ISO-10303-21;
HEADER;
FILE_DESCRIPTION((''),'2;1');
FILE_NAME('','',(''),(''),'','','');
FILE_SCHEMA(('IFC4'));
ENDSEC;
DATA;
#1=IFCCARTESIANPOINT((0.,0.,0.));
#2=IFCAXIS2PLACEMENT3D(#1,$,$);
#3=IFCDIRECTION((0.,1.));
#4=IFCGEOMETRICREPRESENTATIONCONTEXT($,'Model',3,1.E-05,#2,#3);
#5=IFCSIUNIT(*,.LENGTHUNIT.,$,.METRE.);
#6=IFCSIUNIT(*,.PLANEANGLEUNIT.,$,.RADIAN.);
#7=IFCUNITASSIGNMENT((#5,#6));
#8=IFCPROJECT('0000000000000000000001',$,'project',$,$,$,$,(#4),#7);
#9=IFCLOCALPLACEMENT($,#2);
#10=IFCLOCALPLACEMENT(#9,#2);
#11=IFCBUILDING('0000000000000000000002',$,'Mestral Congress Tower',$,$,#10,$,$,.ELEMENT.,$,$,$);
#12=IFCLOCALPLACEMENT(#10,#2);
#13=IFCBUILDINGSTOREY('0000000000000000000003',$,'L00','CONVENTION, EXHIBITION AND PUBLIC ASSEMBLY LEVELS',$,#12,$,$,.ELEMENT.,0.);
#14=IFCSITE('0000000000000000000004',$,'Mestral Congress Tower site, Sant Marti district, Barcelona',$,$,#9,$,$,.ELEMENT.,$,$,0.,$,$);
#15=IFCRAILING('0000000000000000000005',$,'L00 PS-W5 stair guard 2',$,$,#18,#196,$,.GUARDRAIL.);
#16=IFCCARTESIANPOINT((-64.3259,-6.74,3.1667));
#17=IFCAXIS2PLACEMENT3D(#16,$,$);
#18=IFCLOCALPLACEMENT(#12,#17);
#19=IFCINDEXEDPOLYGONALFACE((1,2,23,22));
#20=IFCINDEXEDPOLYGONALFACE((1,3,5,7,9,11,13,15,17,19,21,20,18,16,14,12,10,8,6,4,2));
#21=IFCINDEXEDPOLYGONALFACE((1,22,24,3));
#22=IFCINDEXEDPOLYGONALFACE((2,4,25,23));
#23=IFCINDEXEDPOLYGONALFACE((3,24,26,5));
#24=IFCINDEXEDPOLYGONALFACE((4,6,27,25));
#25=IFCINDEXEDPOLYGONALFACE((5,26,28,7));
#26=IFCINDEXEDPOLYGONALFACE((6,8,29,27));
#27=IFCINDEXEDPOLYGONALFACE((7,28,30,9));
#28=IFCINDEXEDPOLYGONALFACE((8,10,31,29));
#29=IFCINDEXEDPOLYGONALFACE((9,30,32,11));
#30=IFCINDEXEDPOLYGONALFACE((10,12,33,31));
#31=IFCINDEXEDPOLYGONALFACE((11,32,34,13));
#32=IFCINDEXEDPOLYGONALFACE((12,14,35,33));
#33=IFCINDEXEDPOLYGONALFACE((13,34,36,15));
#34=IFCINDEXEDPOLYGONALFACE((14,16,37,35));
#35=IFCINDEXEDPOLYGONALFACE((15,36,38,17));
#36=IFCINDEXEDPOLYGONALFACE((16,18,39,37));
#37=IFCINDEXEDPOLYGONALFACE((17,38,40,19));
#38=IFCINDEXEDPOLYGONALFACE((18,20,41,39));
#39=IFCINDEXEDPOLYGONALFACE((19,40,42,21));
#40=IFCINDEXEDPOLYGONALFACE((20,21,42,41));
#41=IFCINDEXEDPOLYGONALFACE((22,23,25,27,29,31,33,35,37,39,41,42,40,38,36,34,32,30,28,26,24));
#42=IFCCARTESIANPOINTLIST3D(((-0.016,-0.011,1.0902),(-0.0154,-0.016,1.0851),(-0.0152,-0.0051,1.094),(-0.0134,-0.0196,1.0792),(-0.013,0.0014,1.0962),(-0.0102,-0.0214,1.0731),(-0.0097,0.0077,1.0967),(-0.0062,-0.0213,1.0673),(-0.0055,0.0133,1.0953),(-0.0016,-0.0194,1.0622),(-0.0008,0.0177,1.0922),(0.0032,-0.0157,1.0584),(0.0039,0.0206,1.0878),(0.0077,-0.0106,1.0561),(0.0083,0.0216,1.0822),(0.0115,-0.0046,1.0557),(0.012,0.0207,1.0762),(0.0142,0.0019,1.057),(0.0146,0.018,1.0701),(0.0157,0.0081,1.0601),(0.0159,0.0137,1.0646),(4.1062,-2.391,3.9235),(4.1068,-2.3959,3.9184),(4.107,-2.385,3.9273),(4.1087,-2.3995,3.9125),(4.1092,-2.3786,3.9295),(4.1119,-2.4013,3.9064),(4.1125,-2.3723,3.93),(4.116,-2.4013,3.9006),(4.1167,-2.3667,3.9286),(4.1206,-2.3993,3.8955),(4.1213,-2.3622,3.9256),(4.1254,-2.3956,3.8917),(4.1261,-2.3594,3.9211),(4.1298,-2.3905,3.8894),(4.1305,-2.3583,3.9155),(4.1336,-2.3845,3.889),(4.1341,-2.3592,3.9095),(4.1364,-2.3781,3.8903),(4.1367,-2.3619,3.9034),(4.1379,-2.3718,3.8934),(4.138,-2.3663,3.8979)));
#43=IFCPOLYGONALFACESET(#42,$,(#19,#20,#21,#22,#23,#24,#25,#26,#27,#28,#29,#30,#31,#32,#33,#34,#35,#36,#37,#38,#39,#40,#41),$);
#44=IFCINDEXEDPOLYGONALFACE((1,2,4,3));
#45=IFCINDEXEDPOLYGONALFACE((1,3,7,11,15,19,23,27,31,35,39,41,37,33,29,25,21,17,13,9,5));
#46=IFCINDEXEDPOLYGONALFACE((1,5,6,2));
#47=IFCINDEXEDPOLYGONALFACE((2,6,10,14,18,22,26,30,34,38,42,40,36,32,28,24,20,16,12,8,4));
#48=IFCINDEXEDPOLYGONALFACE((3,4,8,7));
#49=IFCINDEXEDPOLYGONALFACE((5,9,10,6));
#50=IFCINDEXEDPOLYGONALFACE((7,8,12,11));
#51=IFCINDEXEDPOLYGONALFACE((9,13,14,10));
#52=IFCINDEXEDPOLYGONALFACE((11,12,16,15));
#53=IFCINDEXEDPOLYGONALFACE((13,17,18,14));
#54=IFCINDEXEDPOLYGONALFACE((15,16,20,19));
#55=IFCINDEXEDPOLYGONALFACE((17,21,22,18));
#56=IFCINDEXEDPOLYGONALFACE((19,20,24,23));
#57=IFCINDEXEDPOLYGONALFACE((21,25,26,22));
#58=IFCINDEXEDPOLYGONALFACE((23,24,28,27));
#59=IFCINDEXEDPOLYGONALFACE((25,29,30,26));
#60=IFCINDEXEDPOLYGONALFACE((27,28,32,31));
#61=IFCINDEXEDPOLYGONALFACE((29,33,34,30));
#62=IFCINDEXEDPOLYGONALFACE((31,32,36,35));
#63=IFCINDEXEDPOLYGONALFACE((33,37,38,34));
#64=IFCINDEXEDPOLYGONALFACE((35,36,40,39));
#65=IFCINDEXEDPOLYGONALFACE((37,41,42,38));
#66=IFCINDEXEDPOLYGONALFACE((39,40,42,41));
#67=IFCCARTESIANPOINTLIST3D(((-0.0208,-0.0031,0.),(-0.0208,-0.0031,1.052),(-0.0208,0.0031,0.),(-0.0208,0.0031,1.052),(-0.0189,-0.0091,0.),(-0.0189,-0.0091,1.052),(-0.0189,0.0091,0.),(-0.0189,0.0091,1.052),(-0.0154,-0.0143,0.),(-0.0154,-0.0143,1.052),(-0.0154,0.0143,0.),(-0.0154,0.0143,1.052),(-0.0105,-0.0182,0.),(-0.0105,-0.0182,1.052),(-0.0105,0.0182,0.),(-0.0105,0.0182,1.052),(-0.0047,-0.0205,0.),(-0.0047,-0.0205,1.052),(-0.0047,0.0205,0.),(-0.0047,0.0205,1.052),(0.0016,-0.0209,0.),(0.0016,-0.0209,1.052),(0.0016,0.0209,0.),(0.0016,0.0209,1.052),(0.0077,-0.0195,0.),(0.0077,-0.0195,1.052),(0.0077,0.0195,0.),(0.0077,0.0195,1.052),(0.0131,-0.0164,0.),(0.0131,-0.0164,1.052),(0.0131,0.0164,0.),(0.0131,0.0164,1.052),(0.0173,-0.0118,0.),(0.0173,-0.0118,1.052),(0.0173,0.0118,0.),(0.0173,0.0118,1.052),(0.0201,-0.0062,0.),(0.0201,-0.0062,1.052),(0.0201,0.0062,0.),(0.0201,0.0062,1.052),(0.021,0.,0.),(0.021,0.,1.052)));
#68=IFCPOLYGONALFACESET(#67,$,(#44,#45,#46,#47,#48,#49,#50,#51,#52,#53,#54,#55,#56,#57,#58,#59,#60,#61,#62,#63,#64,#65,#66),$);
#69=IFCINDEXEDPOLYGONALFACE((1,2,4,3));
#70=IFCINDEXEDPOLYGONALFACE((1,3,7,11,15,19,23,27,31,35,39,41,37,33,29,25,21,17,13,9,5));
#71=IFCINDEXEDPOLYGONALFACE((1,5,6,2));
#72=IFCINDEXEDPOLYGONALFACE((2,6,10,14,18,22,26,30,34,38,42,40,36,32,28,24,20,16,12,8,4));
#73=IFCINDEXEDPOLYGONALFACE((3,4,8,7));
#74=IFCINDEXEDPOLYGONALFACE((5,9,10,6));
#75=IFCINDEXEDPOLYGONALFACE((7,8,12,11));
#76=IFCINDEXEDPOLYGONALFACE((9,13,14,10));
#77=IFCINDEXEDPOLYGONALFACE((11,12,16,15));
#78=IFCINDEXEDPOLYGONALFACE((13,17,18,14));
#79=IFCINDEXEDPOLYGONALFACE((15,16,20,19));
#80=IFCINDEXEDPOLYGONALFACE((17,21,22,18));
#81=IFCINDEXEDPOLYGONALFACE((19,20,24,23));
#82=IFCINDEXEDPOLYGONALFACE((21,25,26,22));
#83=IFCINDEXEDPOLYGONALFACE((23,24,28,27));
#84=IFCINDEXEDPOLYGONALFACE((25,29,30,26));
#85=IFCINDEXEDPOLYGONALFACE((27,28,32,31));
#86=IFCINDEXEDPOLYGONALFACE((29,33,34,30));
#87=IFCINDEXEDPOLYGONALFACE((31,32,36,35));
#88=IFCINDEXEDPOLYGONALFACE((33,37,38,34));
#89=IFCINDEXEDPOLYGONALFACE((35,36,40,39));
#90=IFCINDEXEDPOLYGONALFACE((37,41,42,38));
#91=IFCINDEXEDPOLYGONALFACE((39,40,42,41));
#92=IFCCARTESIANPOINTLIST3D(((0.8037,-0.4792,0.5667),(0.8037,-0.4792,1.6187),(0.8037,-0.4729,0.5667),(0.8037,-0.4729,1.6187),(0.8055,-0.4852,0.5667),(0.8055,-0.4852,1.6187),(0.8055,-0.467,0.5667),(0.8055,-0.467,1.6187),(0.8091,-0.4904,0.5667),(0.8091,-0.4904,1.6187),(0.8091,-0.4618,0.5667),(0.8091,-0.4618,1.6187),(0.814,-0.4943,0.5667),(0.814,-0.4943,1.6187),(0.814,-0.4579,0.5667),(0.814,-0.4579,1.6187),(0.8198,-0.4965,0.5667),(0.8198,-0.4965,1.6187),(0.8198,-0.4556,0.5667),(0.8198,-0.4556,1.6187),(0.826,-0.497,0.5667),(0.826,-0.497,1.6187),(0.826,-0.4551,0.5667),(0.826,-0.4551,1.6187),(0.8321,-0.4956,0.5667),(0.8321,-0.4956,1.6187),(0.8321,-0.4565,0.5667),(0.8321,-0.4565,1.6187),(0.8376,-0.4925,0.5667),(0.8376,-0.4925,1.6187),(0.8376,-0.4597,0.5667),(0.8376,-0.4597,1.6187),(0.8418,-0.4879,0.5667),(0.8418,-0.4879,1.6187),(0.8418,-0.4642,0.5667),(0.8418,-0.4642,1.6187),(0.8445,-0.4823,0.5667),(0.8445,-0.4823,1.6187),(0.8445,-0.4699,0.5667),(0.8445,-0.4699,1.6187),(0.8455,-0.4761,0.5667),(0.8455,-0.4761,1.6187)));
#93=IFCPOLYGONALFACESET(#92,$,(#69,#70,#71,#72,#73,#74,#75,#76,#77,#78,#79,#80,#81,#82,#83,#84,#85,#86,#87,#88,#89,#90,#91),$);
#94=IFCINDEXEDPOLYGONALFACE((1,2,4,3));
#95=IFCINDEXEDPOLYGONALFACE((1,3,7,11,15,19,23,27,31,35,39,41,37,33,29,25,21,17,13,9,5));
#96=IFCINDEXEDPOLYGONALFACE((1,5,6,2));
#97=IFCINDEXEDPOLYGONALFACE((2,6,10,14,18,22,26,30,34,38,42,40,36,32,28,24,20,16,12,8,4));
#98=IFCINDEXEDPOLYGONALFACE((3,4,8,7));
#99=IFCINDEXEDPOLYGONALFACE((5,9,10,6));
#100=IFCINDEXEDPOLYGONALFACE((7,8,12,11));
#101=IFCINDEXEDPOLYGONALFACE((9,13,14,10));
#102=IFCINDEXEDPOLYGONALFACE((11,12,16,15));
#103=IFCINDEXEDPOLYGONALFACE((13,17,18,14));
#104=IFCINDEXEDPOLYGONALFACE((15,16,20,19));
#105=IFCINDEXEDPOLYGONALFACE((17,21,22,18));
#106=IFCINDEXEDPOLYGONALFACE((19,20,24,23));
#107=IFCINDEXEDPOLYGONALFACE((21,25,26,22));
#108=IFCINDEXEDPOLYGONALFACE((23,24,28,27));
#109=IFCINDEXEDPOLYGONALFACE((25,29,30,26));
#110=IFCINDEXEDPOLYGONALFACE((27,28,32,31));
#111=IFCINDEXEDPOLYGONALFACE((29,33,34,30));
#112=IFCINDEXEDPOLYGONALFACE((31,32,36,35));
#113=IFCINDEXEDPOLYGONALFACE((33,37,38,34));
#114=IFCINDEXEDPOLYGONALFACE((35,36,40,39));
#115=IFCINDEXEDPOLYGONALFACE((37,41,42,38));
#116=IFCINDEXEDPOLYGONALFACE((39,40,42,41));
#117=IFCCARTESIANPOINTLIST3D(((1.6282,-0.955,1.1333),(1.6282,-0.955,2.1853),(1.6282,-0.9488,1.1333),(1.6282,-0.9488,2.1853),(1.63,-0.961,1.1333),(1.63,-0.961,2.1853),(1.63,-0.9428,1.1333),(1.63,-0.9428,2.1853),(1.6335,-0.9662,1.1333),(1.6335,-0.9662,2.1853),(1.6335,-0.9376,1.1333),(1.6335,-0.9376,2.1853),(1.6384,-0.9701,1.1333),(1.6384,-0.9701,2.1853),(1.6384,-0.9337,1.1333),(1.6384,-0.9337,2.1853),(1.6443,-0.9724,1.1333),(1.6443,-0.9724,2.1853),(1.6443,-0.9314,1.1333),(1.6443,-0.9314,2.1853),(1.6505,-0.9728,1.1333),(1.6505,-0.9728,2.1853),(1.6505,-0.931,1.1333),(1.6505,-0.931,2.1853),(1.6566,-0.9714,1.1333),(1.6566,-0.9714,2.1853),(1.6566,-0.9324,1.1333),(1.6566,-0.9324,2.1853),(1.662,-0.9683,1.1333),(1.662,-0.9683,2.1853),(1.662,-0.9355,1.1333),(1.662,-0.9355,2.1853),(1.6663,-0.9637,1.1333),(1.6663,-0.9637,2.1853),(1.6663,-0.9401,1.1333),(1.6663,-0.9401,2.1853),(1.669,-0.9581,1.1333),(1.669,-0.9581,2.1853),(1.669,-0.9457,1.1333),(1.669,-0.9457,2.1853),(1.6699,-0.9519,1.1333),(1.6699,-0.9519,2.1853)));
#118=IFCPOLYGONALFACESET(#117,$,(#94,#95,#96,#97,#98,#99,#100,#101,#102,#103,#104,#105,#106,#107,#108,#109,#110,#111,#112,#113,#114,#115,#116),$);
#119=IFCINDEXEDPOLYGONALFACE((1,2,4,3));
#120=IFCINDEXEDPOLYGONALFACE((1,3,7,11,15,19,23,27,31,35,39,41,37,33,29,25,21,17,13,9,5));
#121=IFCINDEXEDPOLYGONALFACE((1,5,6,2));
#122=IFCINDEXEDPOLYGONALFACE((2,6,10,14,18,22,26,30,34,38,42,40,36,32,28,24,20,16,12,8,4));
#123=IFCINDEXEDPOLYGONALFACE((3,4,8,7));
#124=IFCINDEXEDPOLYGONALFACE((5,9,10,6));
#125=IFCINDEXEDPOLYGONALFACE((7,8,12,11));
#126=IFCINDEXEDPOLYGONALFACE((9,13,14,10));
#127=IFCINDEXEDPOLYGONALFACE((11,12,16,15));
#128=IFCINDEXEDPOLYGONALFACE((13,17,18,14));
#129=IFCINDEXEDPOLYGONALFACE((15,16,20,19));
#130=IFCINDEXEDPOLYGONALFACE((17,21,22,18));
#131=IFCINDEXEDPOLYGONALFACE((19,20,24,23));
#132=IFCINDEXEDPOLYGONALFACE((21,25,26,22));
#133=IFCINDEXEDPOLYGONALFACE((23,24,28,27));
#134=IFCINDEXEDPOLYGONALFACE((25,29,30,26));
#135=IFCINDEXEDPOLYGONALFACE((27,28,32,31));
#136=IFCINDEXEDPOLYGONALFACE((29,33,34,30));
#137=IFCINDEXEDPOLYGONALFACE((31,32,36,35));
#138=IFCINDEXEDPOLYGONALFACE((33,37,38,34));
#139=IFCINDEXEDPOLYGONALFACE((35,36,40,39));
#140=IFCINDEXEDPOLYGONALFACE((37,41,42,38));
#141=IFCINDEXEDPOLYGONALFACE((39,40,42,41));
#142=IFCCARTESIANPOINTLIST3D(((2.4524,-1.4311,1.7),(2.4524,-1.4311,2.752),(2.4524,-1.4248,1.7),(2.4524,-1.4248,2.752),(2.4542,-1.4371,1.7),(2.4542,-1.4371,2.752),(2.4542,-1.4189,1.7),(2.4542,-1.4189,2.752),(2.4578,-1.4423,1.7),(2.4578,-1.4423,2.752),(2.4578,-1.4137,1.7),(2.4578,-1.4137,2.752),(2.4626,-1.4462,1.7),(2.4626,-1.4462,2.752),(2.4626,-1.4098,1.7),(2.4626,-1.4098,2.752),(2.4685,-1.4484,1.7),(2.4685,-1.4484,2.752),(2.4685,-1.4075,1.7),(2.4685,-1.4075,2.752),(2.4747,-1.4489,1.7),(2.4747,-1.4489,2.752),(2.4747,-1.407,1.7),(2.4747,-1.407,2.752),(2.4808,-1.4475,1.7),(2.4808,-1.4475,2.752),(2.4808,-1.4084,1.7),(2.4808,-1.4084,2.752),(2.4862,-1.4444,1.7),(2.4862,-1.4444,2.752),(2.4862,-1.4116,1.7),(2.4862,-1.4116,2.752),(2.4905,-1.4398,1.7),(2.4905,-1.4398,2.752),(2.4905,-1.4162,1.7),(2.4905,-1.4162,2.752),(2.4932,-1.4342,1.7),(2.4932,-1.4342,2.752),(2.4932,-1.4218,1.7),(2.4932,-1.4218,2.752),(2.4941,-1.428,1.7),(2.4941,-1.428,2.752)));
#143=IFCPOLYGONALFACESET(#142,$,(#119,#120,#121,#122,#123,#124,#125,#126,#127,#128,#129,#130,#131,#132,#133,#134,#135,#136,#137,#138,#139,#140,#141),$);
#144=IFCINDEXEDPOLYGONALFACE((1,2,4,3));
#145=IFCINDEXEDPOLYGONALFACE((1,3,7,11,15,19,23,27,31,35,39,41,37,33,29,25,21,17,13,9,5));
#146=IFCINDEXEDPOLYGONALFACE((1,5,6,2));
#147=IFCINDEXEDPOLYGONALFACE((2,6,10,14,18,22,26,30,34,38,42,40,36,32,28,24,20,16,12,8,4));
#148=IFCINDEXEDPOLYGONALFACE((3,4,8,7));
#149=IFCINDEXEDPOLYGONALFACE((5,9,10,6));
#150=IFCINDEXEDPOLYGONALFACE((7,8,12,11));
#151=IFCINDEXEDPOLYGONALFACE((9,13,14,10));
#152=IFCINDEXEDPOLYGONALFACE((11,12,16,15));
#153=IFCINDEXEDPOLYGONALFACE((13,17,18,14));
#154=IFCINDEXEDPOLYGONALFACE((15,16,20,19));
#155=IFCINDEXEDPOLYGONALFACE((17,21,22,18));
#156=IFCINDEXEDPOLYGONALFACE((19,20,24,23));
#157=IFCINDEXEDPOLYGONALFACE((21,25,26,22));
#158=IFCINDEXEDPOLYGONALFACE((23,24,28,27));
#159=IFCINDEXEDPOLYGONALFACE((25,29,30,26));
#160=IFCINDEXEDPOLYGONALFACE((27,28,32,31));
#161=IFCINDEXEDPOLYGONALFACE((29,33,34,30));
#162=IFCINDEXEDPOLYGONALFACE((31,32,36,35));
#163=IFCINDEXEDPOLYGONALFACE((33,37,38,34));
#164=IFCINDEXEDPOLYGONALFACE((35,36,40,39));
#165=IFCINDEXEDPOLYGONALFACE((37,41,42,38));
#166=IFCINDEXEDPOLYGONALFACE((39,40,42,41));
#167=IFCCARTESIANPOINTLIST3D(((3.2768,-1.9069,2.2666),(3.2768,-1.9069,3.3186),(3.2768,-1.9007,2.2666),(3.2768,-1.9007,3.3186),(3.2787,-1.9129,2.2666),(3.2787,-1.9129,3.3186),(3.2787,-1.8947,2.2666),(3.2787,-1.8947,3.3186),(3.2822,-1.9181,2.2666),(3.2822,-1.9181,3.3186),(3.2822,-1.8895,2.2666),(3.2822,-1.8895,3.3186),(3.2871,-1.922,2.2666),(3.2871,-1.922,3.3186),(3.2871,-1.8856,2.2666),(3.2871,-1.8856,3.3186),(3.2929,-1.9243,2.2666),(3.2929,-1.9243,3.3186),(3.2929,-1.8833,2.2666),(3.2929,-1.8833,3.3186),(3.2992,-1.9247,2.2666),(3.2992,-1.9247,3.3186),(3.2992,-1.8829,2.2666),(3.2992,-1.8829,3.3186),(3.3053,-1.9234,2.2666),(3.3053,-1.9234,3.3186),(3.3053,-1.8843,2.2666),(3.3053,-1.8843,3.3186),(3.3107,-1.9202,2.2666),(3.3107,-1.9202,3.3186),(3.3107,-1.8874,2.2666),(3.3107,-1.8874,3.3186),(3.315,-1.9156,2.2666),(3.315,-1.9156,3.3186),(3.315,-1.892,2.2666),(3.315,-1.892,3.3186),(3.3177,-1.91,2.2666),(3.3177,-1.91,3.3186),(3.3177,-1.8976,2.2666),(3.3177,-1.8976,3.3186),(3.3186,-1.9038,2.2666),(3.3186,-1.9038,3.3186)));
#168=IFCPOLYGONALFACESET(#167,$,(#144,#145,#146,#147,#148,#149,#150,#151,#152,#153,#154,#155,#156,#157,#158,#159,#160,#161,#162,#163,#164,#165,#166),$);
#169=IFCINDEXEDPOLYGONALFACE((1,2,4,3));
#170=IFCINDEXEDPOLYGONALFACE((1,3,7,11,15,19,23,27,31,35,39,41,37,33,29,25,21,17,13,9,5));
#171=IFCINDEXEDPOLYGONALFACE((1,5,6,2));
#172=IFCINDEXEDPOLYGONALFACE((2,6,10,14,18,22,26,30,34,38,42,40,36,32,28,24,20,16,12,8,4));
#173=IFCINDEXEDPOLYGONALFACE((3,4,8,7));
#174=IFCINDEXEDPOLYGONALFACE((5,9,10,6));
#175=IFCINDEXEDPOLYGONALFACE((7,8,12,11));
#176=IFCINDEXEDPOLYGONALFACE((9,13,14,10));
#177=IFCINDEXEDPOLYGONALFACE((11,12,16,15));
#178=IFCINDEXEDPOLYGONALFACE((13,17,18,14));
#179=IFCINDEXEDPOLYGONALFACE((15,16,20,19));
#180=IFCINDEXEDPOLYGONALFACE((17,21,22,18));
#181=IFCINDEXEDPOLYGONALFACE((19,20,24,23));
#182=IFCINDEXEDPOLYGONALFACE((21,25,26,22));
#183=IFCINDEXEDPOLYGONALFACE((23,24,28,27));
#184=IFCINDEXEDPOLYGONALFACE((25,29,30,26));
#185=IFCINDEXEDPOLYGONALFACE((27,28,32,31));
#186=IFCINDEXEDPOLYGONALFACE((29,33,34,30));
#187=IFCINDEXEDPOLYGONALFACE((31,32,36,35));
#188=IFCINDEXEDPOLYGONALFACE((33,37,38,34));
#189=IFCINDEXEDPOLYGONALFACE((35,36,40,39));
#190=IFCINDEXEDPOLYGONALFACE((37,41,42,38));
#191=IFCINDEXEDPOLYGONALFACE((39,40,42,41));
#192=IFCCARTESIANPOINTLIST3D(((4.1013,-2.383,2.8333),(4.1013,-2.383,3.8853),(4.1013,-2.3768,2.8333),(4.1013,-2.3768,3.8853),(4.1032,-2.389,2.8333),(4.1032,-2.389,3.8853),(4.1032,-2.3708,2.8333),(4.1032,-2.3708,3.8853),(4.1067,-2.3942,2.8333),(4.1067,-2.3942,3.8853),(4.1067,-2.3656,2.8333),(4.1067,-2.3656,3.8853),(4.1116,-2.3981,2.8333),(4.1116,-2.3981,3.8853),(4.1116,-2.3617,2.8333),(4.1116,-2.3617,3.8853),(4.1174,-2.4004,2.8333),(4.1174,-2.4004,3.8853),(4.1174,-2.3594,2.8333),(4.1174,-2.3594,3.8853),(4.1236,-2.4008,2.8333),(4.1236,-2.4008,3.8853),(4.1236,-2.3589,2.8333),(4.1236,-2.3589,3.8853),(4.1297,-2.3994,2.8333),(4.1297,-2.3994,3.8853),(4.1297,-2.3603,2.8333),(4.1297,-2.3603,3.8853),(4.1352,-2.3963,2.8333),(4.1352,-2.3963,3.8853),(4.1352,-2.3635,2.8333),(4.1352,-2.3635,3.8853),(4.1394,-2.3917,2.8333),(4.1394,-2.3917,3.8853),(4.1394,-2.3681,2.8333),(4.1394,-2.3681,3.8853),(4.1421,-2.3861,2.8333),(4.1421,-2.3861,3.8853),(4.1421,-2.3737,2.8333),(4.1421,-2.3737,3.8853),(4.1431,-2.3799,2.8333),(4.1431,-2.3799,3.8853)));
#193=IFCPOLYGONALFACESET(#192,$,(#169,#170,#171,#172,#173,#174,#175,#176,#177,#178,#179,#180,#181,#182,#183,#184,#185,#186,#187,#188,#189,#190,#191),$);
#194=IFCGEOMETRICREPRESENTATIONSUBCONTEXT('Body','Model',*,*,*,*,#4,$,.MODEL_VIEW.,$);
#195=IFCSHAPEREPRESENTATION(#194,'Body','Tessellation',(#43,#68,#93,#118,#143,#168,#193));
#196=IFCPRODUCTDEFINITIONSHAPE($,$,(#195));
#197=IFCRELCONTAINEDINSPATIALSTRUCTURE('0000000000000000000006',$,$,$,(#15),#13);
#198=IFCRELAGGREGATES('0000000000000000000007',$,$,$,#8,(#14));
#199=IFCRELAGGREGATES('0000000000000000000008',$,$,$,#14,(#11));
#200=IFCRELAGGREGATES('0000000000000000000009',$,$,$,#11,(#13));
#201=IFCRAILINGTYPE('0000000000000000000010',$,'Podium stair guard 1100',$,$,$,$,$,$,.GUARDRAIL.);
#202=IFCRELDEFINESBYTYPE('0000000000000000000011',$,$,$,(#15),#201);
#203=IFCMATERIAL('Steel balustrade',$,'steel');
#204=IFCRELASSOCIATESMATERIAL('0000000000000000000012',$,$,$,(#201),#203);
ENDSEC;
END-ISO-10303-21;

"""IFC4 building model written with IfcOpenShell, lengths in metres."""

from ifc_helpers import new_model, si_unit, direction, frame, origin, origin_2d, place, context, subcontext, project, spatial, circle, extrude, material, type_object, element, save


model = new_model("IFC4")

# Units and contexts
model_context = context("Model", 3, precision=1e-05, world=origin(), true_north=direction((0.0, 1.0)))
body_context = subcontext(model_context, "Body", "Model", "MODEL_VIEW")
ifc_project = project(units=[si_unit("LENGTHUNIT", "METRE"), si_unit("PLANEANGLEUNIT", "RADIAN")], contexts=[model_context])

# Site, building, storey
site_placement = place(None, origin())
site = spatial("IfcSite", under=ifc_project, at=site_placement, Name="Mestral Congress Tower site, Sant Marti district, Barcelona", CompositionType="ELEMENT", RefElevation=0.0)
building_placement = place(site_placement, origin())
building = spatial("IfcBuilding", under=site, at=building_placement, Name="Mestral Congress Tower", CompositionType="ELEMENT")
storey_placement = place(building_placement, origin())
storey = spatial("IfcBuildingStorey", under=building, at=storey_placement, Name="L00", Description="CONVENTION, EXHIBITION AND PUBLIC ASSEMBLY LEVELS", CompositionType="ELEMENT", Elevation=0.0)

# Railing
ifc_material_1 = material(Name="Steel balustrade", Category="steel")
railing_type_1 = type_object("IfcRailingType", Name="Podium stair guard 1100", PredefinedType="GUARDRAIL", material=ifc_material_1)
railing_1_placement = place(storey_placement, frame((-64.3259, -6.74, 3.1667)))
element("IfcRailing", 1, at=railing_1_placement, inside=storey, type_object=railing_type_1, Name="L00 PS-W5 stair guard 2", PredefinedType="GUARDRAIL", context=body_context, shape_type="SweptSolid", body=[
    extrude(circle(Radius=0.0239, at=origin_2d()), frame((0.0, 0.0, 1.0762), z_axis=(0.744165, -0.429645, 0.511492), x_axis=(0.500001, 0.866025, 0.0)), (0.0, 0.0, 1.0), 5.5393),
    extrude(circle(Radius=0.021, at=origin_2d()), origin(), (0.0, 0.0, 1.0), 1.052),
    extrude(circle(Radius=0.021, at=origin_2d()), frame((0.8245, -0.4761, 0.5667)), (0.0, 0.0, 1.0), 1.052),
    extrude(circle(Radius=0.021, at=origin_2d()), frame((1.6489, -0.9519, 1.1333)), (0.0, 0.0, 1.0), 1.052),
    extrude(circle(Radius=0.021, at=origin_2d()), frame((2.4731, -1.428, 1.7)), (0.0, 0.0, 1.0), 1.052),
    extrude(circle(Radius=0.021, at=origin_2d()), frame((3.2976, -1.9038, 2.2666)), (0.0, 0.0, 1.0), 1.052),
    extrude(circle(Radius=0.021, at=origin_2d()), frame((4.1221, -2.3799, 2.8333)), (0.0, 0.0, 1.0), 1.052),
])

save(model, "model.ifc")
